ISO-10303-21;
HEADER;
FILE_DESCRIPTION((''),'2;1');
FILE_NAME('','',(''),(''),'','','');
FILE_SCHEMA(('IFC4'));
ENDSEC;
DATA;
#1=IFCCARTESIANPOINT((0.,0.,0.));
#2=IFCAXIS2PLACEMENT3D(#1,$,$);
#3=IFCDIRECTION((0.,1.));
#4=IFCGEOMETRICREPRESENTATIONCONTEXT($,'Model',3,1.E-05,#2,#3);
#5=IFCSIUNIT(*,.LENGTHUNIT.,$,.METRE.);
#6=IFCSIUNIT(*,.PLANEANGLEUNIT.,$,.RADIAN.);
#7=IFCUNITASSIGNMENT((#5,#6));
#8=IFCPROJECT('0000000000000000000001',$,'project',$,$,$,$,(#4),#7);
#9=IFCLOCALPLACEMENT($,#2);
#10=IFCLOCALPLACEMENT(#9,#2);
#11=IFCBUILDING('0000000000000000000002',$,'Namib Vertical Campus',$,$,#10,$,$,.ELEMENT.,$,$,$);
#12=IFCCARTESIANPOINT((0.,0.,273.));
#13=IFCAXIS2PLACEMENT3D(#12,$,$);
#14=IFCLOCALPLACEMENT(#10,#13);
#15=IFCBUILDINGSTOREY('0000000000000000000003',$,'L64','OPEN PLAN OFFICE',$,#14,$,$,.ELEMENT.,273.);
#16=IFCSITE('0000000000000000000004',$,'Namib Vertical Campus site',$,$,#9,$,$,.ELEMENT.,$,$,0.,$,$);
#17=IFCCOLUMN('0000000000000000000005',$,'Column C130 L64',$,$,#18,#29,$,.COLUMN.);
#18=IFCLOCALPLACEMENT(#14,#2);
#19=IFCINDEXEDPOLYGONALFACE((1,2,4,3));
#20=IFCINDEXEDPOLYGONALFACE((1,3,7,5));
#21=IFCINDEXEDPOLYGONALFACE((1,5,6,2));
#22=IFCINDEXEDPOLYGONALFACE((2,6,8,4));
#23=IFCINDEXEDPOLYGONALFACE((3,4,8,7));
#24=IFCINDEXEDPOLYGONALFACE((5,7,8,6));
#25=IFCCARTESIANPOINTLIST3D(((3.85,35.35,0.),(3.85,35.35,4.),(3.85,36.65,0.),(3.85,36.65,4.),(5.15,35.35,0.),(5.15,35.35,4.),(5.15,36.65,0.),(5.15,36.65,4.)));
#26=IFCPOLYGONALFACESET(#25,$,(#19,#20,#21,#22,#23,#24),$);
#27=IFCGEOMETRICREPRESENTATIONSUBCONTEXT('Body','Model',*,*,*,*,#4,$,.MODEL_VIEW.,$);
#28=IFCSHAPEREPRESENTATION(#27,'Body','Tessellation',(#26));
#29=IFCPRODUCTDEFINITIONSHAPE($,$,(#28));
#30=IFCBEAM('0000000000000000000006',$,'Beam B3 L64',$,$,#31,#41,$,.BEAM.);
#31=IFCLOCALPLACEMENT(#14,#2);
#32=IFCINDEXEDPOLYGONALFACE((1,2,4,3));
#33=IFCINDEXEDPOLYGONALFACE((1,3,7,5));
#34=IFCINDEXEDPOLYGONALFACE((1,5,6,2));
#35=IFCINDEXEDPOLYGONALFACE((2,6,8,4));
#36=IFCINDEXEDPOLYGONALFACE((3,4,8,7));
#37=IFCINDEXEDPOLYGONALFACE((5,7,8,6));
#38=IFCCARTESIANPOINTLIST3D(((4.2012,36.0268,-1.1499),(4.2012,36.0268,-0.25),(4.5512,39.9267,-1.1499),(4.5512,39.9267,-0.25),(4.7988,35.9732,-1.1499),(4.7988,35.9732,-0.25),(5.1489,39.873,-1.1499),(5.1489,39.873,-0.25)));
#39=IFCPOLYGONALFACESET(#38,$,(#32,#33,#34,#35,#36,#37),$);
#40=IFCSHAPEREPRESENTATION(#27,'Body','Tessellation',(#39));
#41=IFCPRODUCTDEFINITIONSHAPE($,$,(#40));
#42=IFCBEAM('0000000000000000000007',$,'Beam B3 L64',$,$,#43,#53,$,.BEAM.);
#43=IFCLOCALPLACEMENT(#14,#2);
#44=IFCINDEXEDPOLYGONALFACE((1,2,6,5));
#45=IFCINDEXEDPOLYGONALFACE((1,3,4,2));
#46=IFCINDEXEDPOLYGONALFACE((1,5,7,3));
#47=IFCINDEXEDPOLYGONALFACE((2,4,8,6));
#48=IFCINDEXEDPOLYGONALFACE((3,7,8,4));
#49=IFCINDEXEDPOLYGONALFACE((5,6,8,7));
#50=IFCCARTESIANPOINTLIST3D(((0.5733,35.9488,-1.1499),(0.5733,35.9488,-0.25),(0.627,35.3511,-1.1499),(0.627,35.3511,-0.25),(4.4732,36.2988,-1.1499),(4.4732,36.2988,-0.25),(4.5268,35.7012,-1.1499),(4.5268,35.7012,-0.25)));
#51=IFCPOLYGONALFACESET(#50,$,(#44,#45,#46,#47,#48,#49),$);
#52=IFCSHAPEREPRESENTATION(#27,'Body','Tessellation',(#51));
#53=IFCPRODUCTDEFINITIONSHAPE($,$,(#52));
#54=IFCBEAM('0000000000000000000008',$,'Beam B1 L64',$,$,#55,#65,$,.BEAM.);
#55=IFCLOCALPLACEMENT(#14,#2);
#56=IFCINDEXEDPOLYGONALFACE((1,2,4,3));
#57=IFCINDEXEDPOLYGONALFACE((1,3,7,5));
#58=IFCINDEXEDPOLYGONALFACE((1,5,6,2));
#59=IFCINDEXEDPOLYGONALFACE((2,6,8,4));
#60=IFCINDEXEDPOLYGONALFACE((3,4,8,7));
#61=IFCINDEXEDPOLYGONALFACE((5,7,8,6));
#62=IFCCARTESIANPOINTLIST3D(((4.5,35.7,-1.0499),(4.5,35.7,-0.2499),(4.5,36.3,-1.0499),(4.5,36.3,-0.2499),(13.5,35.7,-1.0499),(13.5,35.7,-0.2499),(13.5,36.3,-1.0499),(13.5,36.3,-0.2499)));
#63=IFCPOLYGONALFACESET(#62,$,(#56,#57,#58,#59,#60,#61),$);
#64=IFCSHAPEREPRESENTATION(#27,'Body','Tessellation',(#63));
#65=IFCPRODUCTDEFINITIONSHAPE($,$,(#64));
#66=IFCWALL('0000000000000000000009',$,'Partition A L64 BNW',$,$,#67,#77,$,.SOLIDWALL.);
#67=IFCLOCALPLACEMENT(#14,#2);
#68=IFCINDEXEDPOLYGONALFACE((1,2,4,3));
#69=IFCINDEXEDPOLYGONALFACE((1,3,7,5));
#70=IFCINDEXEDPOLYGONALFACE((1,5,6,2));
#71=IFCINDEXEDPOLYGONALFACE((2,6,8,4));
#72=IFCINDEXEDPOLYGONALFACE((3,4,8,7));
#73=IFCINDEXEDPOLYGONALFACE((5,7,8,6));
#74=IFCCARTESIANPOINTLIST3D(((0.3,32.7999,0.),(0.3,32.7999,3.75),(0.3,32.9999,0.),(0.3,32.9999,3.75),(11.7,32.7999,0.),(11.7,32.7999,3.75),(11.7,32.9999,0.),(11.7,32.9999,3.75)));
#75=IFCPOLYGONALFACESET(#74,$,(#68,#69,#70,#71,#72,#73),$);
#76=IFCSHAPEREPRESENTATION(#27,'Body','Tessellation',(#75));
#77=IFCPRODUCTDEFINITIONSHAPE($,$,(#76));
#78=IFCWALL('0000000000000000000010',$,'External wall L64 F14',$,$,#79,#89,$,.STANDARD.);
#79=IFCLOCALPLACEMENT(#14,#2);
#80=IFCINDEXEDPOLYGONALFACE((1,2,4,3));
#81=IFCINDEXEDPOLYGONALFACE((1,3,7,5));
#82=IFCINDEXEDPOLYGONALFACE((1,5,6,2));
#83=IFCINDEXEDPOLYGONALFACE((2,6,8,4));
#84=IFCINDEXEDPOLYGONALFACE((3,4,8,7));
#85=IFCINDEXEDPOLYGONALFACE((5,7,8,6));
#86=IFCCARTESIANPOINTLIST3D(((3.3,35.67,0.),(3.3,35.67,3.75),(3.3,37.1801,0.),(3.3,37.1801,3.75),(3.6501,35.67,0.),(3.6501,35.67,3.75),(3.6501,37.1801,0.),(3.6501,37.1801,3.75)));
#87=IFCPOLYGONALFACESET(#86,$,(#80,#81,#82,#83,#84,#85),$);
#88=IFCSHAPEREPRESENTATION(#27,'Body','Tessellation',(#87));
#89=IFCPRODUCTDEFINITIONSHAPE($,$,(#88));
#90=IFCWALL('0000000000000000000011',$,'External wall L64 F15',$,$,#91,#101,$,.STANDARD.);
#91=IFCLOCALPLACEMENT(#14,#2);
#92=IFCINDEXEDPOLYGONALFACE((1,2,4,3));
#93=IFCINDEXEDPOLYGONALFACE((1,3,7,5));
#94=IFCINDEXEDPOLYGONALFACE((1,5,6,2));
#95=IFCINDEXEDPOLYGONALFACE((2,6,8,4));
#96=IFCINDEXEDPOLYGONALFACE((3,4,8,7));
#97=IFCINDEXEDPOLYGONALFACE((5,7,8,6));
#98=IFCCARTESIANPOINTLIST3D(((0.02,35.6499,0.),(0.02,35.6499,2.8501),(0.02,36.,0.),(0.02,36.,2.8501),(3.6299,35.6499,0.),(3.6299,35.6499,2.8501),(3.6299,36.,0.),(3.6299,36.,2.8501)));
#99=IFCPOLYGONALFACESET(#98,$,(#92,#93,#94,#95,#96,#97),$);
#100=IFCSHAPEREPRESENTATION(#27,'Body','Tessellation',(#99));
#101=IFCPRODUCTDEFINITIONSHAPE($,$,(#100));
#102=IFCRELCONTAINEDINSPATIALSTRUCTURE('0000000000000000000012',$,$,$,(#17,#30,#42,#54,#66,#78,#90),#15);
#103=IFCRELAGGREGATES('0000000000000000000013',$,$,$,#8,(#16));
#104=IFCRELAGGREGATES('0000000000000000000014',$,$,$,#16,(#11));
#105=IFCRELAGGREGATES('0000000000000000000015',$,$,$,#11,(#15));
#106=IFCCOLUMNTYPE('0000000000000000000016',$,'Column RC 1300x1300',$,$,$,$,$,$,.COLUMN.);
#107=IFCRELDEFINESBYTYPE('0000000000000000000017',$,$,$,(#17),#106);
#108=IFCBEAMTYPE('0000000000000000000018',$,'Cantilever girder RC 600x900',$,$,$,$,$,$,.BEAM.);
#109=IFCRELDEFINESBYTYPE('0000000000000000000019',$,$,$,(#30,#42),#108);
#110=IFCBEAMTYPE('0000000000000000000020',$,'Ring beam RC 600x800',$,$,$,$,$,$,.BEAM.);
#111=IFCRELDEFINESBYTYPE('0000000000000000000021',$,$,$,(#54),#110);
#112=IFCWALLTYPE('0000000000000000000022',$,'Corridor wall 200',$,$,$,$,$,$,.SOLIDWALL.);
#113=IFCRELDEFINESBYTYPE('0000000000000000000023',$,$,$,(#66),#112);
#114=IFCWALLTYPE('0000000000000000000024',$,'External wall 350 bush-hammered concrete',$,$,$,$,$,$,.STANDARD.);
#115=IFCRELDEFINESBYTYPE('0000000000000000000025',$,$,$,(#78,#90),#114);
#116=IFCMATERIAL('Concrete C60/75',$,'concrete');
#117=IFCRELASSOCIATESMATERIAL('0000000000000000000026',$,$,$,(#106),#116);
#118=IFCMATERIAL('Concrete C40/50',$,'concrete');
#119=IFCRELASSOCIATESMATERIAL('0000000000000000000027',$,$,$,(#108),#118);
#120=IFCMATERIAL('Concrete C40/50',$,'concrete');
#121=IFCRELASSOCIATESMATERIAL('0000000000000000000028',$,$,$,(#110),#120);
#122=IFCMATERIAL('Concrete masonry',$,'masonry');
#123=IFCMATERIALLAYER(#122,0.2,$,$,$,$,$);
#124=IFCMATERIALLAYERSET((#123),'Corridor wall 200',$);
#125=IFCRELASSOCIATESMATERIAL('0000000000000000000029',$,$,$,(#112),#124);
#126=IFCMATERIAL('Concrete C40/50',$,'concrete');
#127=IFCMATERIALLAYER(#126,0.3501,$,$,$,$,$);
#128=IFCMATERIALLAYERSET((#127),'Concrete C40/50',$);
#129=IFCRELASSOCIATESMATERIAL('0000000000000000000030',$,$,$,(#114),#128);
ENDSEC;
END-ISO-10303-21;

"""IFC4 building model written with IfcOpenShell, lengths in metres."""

from ifc_helpers import new_model, si_unit, direction, frame, frame_2d, origin, origin_2d, place, context, subcontext, project, spatial, rectangle, extrude, material, layer, layer_set, material_profile, profile_set, type_object, element, save


model = new_model("IFC4")

# Units and contexts
model_context = context("Model", 3, precision=1e-05, world=origin(), true_north=direction((0.0, 1.0)))
body_context = subcontext(model_context, "Body", "Model", "MODEL_VIEW")
ifc_project = project(units=[si_unit("LENGTHUNIT", "METRE"), si_unit("PLANEANGLEUNIT", "RADIAN")], contexts=[model_context])

# Site, building, storey
site_placement = place(None, origin())
site = spatial("IfcSite", under=ifc_project, at=site_placement, Name="Namib Vertical Campus site", CompositionType="ELEMENT", RefElevation=0.0)
building_placement = place(site_placement, origin())
building = spatial("IfcBuilding", under=site, at=building_placement, Name="Namib Vertical Campus", CompositionType="ELEMENT")
storey_placement = place(building_placement, frame((0.0, 0.0, 273.0)))
storey = spatial("IfcBuildingStorey", under=building, at=storey_placement, Name="L64", Description="OPEN PLAN OFFICE", CompositionType="ELEMENT", Elevation=273.0)

# Column
ifc_material_1 = material(Name="Concrete C60/75", Category="concrete")
ifc_material_profile_1 = material_profile(ifc_material_1, rectangle(XDim=1.3, YDim=1.3, at=origin_2d()))
ifc_profile_set_1 = profile_set([ifc_material_profile_1], Name="Concrete C60/75")
column_type = type_object("IfcColumnType", Name="Column RC 1300x1300", PredefinedType="COLUMN", material=ifc_profile_set_1)
column_placement = place(storey_placement, frame((4.5, 36.0, 0.0), z_axis=(0.0, 0.0, 1.0), x_axis=(1.0, 0.0, 0.0)))
element("IfcColumn", 1, at=column_placement, inside=storey, type_object=column_type, Name="Column C130 L64", PredefinedType="COLUMN", context=body_context, shape_type="SweptSolid", body=[
    extrude(rectangle(XDim=1.3, YDim=1.3, at=origin_2d()), origin(), (0.0, 0.0, 1.0), 4.0),
])

# Beams
ifc_material_2 = material(Name="Concrete C40/50", Category="concrete")
ifc_material_profile_2 = material_profile(ifc_material_2, rectangle(XDim=0.6001, YDim=0.8999, at=origin_2d()))
ifc_profile_set_2 = profile_set([ifc_material_profile_2], Name="Concrete C40/50")
beam_type_1 = type_object("IfcBeamType", Name="Cantilever girder RC 600x900", PredefinedType="BEAM", material=ifc_profile_set_2)
for number, where, z_axis, x_axis, name in (
    (2, (4.5, 36.0, -0.7), (0.089411, 0.995995, 0.0), (-0.995995, 0.089411, 0.0), "Beam B3 L64"),
    (3, (4.5, 36.0, -0.7), (-0.995995, -0.089411, 0.0), (0.089411, -0.995995, 0.0), "Beam B3 L64"),
):
    element("IfcBeam", number, at=place(storey_placement, frame(where, z_axis=z_axis, x_axis=x_axis)), inside=storey, type_object=beam_type_1, Name=name, PredefinedType="BEAM", context=body_context, shape_type="SweptSolid", body=[
        extrude(rectangle(XDim=0.6001, YDim=0.8999, at=origin_2d()), origin(), (0.0, 0.0, 1.0), 3.9155),
    ])
ifc_material_3 = material(Name="Concrete C40/50", Category="concrete")
ifc_material_profile_3 = material_profile(ifc_material_3, rectangle(XDim=0.6001, YDim=0.8, at=origin_2d()))
ifc_profile_set_3 = profile_set([ifc_material_profile_3], Name="Concrete C40/50")
beam_type_2 = type_object("IfcBeamType", Name="Ring beam RC 600x800", PredefinedType="BEAM", material=ifc_profile_set_3)
beam_placement = place(storey_placement, frame((4.5, 36.0, -0.6499), z_axis=(1.0, 0.0, 0.0), x_axis=(0.0, 1.0, 0.0)))
element("IfcBeam", 4, at=beam_placement, inside=storey, type_object=beam_type_2, Name="Beam B1 L64", PredefinedType="BEAM", context=body_context, shape_type="SweptSolid", body=[
    extrude(rectangle(XDim=0.6001, YDim=0.8, at=origin_2d()), origin(), (0.0, 0.0, 1.0), 9.0),
])

# Walls
ifc_material_4 = material(Name="Concrete masonry", Category="masonry")
ifc_layer_1 = layer(ifc_material_4, 0.2)
ifc_layer_set_1 = layer_set([ifc_layer_1], Name="Corridor wall 200")
wall_type_1 = type_object("IfcWallType", Name="Corridor wall 200", PredefinedType="SOLIDWALL", material=ifc_layer_set_1)
wall_1_placement = place(storey_placement, frame((0.3, 32.8999, 0.0), z_axis=(0.0, 0.0, 1.0), x_axis=(1.0, 0.0, 0.0)))
element("IfcWall", 5, at=wall_1_placement, inside=storey, type_object=wall_type_1, Name="Partition A L64 BNW", PredefinedType="SOLIDWALL", context=body_context, shape_type="SweptSolid", body=[
    extrude(rectangle(XDim=11.3999, YDim=0.2, at=frame_2d((5.7, 0.0))), origin(), (0.0, 0.0, 1.0), 3.75),
])
ifc_material_5 = material(Name="Concrete C40/50", Category="concrete")
ifc_layer_2 = layer(ifc_material_5, 0.3501)
ifc_layer_set_2 = layer_set([ifc_layer_2], Name="Concrete C40/50")
wall_type_2 = type_object("IfcWallType", Name="External wall 350 bush-hammered concrete", PredefinedType="STANDARD", material=ifc_layer_set_2)
wall_2_placement = place(storey_placement, frame((3.4751, 37.1799, 0.0), z_axis=(0.0, 0.0, 1.0), x_axis=(0.0, -1.0, 0.0)))
element("IfcWall", 6, at=wall_2_placement, inside=storey, type_object=wall_type_2, Name="External wall L64 F14", PredefinedType="STANDARD", context=body_context, shape_type="SweptSolid", body=[
    extrude(rectangle(XDim=1.51, YDim=0.3501, at=frame_2d((0.7549, 0.0))), origin(), (0.0, 0.0, 1.0), 3.75),
])
wall_3_placement = place(storey_placement, frame((3.6299, 35.825, 0.0), z_axis=(0.0, 0.0, 1.0), x_axis=(-1.0, 0.0, 0.0)))
element("IfcWall", 7, at=wall_3_placement, inside=storey, type_object=wall_type_2, Name="External wall L64 F15", PredefinedType="STANDARD", context=body_context, shape_type="SweptSolid", body=[
    extrude(rectangle(XDim=3.6099, YDim=0.3501, at=frame_2d((1.8049, 0.0))), origin(), (0.0, 0.0, 1.0), 2.8501),
])

save(model, "model.ifc")
